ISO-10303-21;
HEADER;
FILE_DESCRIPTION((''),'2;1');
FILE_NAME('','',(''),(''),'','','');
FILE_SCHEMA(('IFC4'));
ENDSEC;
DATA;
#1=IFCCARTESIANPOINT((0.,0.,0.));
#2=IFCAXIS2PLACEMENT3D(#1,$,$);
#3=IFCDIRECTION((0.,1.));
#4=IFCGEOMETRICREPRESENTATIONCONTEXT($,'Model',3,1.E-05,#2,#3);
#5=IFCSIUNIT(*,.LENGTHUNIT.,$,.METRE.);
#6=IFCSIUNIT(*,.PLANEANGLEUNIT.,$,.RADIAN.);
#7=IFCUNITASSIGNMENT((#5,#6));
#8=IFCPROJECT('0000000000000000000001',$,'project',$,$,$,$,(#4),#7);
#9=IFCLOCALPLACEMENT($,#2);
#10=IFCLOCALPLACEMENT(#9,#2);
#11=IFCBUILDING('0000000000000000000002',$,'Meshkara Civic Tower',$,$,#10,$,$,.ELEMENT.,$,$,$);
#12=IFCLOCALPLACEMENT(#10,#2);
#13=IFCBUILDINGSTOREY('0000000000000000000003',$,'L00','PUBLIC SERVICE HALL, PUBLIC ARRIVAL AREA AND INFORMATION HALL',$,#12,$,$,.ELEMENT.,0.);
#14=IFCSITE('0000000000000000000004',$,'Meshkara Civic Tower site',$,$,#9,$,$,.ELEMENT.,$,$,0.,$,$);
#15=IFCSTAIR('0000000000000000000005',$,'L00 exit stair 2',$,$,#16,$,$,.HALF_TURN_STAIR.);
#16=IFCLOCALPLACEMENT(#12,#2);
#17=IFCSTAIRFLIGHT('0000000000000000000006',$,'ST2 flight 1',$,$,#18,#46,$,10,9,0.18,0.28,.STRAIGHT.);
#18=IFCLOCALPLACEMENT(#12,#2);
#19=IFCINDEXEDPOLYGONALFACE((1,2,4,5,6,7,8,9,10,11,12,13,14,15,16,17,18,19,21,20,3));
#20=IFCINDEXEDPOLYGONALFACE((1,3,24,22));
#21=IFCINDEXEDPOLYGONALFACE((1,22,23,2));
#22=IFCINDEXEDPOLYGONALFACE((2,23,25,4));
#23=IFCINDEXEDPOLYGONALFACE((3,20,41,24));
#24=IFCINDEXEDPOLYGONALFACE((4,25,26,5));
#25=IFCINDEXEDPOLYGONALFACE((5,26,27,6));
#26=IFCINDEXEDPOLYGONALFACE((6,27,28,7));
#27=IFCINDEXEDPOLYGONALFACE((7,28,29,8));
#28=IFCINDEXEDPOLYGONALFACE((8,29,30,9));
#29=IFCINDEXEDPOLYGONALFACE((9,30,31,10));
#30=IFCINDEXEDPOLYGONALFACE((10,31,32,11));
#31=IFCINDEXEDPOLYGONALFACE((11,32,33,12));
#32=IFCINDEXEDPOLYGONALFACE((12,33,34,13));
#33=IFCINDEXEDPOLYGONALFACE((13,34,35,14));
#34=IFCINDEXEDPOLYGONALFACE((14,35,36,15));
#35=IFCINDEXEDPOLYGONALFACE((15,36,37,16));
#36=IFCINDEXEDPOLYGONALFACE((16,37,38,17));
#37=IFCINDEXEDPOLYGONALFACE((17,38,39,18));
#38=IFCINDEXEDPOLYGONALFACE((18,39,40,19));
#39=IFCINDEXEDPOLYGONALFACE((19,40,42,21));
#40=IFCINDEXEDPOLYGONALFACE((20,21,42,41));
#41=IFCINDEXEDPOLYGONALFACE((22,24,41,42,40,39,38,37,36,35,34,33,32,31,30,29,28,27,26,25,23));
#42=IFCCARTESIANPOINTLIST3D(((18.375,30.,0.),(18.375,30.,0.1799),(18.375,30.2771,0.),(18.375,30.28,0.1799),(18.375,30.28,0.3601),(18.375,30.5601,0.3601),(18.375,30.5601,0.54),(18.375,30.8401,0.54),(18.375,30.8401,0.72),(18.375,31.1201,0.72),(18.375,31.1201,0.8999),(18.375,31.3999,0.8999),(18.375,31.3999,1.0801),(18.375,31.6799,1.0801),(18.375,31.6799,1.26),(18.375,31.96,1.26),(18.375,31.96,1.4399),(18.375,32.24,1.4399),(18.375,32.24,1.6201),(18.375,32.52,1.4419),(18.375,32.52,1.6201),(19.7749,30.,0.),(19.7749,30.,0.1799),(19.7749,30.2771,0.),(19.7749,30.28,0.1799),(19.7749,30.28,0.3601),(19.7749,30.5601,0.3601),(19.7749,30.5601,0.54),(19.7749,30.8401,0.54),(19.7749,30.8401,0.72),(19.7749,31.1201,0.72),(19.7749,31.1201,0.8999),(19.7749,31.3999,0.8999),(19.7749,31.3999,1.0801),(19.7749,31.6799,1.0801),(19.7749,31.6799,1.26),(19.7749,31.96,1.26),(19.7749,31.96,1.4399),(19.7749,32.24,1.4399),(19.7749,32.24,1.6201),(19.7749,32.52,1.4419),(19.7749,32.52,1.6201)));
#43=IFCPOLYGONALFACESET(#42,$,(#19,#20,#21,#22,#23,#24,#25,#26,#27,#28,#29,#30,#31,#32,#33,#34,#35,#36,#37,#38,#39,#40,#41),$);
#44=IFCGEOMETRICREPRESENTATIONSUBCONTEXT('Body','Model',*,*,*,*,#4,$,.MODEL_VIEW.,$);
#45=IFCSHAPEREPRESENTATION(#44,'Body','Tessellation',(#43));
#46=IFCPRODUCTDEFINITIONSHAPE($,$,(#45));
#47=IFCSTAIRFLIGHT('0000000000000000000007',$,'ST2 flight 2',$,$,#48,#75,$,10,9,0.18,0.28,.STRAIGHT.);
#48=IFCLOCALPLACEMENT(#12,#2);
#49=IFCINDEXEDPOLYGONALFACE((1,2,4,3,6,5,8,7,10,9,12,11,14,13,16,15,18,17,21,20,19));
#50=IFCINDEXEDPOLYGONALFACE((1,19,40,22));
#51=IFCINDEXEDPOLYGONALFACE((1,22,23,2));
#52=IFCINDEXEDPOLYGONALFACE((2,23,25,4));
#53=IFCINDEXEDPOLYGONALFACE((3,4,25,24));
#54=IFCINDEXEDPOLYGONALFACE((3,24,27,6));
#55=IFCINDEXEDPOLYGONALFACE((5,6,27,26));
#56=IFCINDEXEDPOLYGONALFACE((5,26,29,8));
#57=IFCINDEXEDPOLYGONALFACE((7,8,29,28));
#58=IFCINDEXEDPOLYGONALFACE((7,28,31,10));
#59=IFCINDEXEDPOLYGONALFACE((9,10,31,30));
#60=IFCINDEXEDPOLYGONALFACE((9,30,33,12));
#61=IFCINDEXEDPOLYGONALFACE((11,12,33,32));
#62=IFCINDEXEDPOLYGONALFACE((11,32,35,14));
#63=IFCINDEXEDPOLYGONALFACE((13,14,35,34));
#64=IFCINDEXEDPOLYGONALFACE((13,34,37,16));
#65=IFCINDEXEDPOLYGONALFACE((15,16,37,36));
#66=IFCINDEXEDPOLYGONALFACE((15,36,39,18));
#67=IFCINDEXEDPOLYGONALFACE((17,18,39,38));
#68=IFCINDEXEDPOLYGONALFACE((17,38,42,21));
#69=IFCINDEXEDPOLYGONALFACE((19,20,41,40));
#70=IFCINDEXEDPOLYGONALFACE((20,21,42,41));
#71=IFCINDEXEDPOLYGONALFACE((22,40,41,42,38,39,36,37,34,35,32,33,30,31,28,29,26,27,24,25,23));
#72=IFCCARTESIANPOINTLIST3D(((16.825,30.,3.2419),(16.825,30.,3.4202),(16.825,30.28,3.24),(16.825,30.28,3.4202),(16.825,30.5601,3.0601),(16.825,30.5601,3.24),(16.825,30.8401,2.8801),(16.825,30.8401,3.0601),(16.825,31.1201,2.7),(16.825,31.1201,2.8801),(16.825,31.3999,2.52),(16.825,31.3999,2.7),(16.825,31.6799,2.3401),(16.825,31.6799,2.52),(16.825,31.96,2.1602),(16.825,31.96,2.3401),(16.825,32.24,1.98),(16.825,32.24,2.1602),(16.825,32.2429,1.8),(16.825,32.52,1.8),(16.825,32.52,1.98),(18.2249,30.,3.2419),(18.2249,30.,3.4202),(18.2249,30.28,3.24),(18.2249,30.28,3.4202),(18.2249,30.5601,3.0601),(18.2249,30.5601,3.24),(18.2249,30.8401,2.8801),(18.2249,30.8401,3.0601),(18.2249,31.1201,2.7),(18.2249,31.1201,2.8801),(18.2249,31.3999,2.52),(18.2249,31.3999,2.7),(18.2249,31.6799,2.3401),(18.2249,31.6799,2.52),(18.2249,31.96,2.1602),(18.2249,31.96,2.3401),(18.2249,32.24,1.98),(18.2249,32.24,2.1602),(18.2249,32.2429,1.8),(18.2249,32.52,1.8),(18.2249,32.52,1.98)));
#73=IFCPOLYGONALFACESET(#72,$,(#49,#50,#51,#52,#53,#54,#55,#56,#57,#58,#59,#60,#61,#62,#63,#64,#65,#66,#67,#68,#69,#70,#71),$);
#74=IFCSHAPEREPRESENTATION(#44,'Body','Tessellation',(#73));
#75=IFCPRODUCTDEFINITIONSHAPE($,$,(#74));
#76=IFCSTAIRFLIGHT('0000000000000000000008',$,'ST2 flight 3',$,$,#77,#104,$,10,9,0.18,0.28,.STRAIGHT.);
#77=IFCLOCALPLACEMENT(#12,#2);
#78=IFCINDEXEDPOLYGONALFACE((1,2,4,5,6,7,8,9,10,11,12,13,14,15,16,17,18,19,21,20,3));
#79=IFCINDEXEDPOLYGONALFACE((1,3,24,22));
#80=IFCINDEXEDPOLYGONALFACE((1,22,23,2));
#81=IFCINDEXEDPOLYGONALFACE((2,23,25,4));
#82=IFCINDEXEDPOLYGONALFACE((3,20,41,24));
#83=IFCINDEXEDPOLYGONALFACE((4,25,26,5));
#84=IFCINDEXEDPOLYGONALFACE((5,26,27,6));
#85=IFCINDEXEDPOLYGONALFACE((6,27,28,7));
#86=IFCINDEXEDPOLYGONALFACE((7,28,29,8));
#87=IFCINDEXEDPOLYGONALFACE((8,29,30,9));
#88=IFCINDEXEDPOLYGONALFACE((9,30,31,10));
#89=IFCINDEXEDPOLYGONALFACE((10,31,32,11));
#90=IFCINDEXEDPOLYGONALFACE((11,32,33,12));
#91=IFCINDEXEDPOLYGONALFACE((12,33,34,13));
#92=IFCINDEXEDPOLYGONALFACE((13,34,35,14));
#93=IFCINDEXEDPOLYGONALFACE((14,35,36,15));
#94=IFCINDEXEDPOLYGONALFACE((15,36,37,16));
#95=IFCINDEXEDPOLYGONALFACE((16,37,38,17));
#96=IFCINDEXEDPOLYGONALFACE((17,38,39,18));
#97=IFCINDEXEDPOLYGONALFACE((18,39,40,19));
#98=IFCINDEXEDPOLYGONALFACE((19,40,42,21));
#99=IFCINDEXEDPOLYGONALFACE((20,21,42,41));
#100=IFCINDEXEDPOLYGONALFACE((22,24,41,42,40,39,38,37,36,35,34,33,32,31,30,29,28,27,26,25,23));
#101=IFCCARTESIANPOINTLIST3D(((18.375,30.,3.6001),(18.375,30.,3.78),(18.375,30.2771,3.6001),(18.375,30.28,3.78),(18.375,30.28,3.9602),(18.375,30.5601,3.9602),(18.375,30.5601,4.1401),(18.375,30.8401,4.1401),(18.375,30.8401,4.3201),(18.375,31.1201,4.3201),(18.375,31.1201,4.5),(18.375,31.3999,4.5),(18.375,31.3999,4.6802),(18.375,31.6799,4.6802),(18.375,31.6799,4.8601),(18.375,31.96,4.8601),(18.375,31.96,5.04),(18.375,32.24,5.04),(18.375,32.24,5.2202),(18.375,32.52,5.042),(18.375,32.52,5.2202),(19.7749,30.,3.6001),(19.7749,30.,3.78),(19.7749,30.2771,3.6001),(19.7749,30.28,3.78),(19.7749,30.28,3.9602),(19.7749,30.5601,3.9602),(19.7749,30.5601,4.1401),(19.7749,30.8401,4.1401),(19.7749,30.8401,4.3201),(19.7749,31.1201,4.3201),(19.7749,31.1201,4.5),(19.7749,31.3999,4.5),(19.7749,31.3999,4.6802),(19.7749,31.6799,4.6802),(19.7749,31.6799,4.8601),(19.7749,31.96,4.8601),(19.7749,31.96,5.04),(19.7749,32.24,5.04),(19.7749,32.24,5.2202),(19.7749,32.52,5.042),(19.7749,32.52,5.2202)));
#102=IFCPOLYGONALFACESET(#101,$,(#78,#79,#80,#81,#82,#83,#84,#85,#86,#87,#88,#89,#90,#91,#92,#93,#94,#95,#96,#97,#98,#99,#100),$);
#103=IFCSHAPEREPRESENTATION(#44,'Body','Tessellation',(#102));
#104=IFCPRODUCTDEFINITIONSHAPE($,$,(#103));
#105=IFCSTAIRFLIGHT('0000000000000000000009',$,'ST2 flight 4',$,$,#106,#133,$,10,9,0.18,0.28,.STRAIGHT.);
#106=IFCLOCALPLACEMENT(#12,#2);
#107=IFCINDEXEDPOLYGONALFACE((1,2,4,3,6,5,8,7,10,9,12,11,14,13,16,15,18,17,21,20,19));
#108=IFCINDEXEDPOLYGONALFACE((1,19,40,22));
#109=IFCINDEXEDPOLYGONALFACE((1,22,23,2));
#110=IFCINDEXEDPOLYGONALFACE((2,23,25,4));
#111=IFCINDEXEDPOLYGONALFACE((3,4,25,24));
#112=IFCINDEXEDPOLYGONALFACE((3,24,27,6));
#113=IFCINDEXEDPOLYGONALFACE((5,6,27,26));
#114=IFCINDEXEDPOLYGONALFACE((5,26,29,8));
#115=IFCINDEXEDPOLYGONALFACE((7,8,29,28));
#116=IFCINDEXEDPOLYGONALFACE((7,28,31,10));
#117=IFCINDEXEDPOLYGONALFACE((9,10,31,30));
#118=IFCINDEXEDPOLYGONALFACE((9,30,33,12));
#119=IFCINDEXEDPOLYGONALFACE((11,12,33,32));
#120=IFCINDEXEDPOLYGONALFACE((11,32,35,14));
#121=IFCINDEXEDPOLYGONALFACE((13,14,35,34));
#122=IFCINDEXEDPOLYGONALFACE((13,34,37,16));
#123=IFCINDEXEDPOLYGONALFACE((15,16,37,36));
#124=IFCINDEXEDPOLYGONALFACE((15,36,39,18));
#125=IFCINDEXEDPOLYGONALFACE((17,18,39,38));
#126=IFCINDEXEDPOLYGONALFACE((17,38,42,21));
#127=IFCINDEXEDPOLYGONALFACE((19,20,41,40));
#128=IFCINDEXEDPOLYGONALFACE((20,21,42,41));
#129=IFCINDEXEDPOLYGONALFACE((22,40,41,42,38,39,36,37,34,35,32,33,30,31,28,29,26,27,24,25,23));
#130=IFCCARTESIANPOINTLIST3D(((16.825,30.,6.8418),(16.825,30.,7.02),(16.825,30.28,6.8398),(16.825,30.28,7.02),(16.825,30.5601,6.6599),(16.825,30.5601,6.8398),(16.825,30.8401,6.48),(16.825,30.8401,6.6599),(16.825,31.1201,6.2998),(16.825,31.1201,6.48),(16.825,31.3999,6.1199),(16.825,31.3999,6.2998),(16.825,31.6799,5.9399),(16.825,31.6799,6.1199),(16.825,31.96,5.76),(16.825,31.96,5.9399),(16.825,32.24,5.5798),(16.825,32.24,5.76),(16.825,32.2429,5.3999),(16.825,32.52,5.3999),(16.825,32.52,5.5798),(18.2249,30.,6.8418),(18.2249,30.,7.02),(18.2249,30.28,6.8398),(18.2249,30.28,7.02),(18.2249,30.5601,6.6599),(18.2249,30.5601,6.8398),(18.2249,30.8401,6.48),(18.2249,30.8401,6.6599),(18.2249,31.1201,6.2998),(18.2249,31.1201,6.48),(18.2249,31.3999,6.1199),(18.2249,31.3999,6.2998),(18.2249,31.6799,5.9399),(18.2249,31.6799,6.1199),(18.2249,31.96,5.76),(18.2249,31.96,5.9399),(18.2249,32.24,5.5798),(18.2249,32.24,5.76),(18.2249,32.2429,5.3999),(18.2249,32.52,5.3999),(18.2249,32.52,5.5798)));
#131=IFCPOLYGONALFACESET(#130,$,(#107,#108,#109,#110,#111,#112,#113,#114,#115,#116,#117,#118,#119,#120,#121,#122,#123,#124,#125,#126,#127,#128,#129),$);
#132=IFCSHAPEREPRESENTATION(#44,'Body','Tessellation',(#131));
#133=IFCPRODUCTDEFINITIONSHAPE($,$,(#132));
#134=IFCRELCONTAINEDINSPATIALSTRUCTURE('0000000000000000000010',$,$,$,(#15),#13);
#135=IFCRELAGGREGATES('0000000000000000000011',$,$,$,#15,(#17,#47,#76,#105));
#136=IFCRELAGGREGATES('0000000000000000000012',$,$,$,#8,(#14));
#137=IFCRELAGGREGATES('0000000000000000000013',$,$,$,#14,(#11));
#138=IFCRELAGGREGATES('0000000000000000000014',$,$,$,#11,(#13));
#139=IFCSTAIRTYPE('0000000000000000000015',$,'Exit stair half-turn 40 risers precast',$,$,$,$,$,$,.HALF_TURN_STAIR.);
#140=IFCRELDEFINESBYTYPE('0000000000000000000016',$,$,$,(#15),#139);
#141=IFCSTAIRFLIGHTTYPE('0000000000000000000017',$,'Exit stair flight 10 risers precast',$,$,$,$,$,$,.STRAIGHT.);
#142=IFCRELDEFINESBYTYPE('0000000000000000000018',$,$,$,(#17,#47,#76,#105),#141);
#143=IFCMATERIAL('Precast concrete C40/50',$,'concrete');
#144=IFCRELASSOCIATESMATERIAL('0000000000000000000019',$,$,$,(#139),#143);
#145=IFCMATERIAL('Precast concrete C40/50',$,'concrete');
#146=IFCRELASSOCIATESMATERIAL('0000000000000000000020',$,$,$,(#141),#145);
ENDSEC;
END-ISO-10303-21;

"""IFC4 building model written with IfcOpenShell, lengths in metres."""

from ifc_helpers import new_model, si_unit, direction, frame, origin, place, context, subcontext, project, spatial, polyline, outline, extrude, material, type_object, element, aggregate, save


model = new_model("IFC4")

# Units and contexts
model_context = context("Model", 3, precision=1e-05, world=origin(), true_north=direction((0.0, 1.0)))
body_context = subcontext(model_context, "Body", "Model", "MODEL_VIEW")
ifc_project = project(units=[si_unit("LENGTHUNIT", "METRE"), si_unit("PLANEANGLEUNIT", "RADIAN")], contexts=[model_context])

# Site, building, storey
site_placement = place(None, origin())
site = spatial("IfcSite", under=ifc_project, at=site_placement, Name="Meshkara Civic Tower site", CompositionType="ELEMENT", RefElevation=0.0)
building_placement = place(site_placement, origin())
building = spatial("IfcBuilding", under=site, at=building_placement, Name="Meshkara Civic Tower", CompositionType="ELEMENT")
storey_placement = place(building_placement, origin())
storey = spatial("IfcBuildingStorey", under=building, at=storey_placement, Name="L00", Description="PUBLIC SERVICE HALL, PUBLIC ARRIVAL AREA AND INFORMATION HALL", CompositionType="ELEMENT", Elevation=0.0)

# Stair, stair flights
ifc_material_1 = material(Name="Precast concrete C40/50", Category="concrete")
stair_type_1 = type_object("IfcStairType", Name="Exit stair half-turn 40 risers precast", PredefinedType="HALF_TURN_STAIR", material=ifc_material_1)
stair_1_placement = place(storey_placement, origin())
stair_1 = element("IfcStair", 1, at=stair_1_placement, inside=storey, type_object=stair_type_1, Name="L00 exit stair 2", PredefinedType="HALF_TURN_STAIR")
ifc_material_2 = material(Name="Precast concrete C40/50", Category="concrete")
stair_flight_type_1 = type_object("IfcStairFlightType", Name="Exit stair flight 10 risers precast", PredefinedType="STRAIGHT", material=ifc_material_2)
stair_flight_1_placement = place(storey_placement, frame((19.075, 30.0, 0.0), z_axis=(0.0, 0.0, 1.0), x_axis=(0.0, 1.0, 0.0)))
stair_flight_1 = element("IfcStairFlight", 2, at=stair_flight_1_placement, type_object=stair_flight_type_1, Name="ST2 flight 1", NumberOfRisers=10, NumberOfTreads=9, PredefinedType="STRAIGHT", RiserHeight=0.18, TreadLength=0.28, context=body_context, shape_type="SweptSolid", body=[
    extrude(outline(polyline([(0.0, 0.0), (0.0, 0.1799), (0.28, 0.1799), (0.28, 0.3601), (0.5601, 0.3601), (0.5601, 0.54), (0.8401, 0.54), (0.8401, 0.72), (1.1201, 0.72), (1.1201, 0.8999), (1.3999, 0.8999), (1.3999, 1.0801), (1.6799, 1.0801), (1.6799, 1.26), (1.96, 1.26), (1.96, 1.4399), (2.24, 1.4399), (2.24, 1.6201), (2.52, 1.6201), (2.52, 1.8), (2.52, 1.4419), (0.2771, 0.0), (0.0, 0.0)])), frame((0.0, 0.7, 0.0), z_axis=(0.0, -1.0, 0.0), x_axis=(1.0, 0.0, 0.0)), (0.0, 0.0, 1.0), 1.3999),
])
stair_flight_2_placement = place(storey_placement, frame((17.5249, 32.52, 1.8), z_axis=(0.0, 0.0, 1.0), x_axis=(0.0, -1.0, 0.0)))
stair_flight_2 = element("IfcStairFlight", 3, at=stair_flight_2_placement, type_object=stair_flight_type_1, Name="ST2 flight 2", NumberOfRisers=10, NumberOfTreads=9, PredefinedType="STRAIGHT", RiserHeight=0.18, TreadLength=0.28, context=body_context, shape_type="SweptSolid", body=[
    extrude(outline(polyline([(0.0, 0.0), (0.0, 0.1799), (0.28, 0.1799), (0.28, 0.3601), (0.5601, 0.3601), (0.5601, 0.54), (0.8401, 0.54), (0.8401, 0.72), (1.1201, 0.72), (1.1201, 0.8999), (1.3999, 0.8999), (1.3999, 1.0801), (1.6799, 1.0801), (1.6799, 1.26), (1.96, 1.26), (1.96, 1.4399), (2.24, 1.4399), (2.24, 1.6201), (2.52, 1.6201), (2.52, 1.8), (2.52, 1.4419), (0.2771, 0.0), (0.0, 0.0)])), frame((0.0, 0.7, 0.0), z_axis=(0.0, -1.0, 0.0), x_axis=(1.0, 0.0, 0.0)), (0.0, 0.0, 1.0), 1.3999),
])
stair_flight_3_placement = place(storey_placement, frame((19.075, 30.0, 3.6001), z_axis=(0.0, 0.0, 1.0), x_axis=(0.0, 1.0, 0.0)))
stair_flight_3 = element("IfcStairFlight", 4, at=stair_flight_3_placement, type_object=stair_flight_type_1, Name="ST2 flight 3", NumberOfRisers=10, NumberOfTreads=9, PredefinedType="STRAIGHT", RiserHeight=0.18, TreadLength=0.28, context=body_context, shape_type="SweptSolid", body=[
    extrude(outline(polyline([(0.0, 0.0), (0.0, 0.1799), (0.28, 0.1799), (0.28, 0.3601), (0.5601, 0.3601), (0.5601, 0.54), (0.8401, 0.54), (0.8401, 0.72), (1.1201, 0.72), (1.1201, 0.8999), (1.3999, 0.8999), (1.3999, 1.0801), (1.6799, 1.0801), (1.6799, 1.26), (1.96, 1.26), (1.96, 1.4399), (2.24, 1.4399), (2.24, 1.6201), (2.52, 1.6201), (2.52, 1.8), (2.52, 1.4419), (0.2771, 0.0), (0.0, 0.0)])), frame((0.0, 0.7, 0.0), z_axis=(0.0, -1.0, 0.0), x_axis=(1.0, 0.0, 0.0)), (0.0, 0.0, 1.0), 1.3999),
])
stair_flight_4_placement = place(storey_placement, frame((17.5249, 32.52, 5.3999), z_axis=(0.0, 0.0, 1.0), x_axis=(0.0, -1.0, 0.0)))
stair_flight_4 = element("IfcStairFlight", 5, at=stair_flight_4_placement, type_object=stair_flight_type_1, Name="ST2 flight 4", NumberOfRisers=10, NumberOfTreads=9, PredefinedType="STRAIGHT", RiserHeight=0.18, TreadLength=0.28, context=body_context, shape_type="SweptSolid", body=[
    extrude(outline(polyline([(0.0, 0.0), (0.0, 0.1799), (0.28, 0.1799), (0.28, 0.3601), (0.5601, 0.3601), (0.5601, 0.54), (0.8401, 0.54), (0.8401, 0.72), (1.1201, 0.72), (1.1201, 0.8999), (1.3999, 0.8999), (1.3999, 1.0801), (1.6799, 1.0801), (1.6799, 1.26), (1.96, 1.26), (1.96, 1.4399), (2.24, 1.4399), (2.24, 1.6201), (2.52, 1.6201), (2.52, 1.8), (2.52, 1.4419), (0.2771, 0.0), (0.0, 0.0)])), frame((0.0, 0.7, 0.0), z_axis=(0.0, -1.0, 0.0), x_axis=(1.0, 0.0, 0.0)), (0.0, 0.0, 1.0), 1.3999),
])
aggregate(stair_1, [stair_flight_1, stair_flight_2, stair_flight_3, stair_flight_4])

save(model, "model.ifc")
